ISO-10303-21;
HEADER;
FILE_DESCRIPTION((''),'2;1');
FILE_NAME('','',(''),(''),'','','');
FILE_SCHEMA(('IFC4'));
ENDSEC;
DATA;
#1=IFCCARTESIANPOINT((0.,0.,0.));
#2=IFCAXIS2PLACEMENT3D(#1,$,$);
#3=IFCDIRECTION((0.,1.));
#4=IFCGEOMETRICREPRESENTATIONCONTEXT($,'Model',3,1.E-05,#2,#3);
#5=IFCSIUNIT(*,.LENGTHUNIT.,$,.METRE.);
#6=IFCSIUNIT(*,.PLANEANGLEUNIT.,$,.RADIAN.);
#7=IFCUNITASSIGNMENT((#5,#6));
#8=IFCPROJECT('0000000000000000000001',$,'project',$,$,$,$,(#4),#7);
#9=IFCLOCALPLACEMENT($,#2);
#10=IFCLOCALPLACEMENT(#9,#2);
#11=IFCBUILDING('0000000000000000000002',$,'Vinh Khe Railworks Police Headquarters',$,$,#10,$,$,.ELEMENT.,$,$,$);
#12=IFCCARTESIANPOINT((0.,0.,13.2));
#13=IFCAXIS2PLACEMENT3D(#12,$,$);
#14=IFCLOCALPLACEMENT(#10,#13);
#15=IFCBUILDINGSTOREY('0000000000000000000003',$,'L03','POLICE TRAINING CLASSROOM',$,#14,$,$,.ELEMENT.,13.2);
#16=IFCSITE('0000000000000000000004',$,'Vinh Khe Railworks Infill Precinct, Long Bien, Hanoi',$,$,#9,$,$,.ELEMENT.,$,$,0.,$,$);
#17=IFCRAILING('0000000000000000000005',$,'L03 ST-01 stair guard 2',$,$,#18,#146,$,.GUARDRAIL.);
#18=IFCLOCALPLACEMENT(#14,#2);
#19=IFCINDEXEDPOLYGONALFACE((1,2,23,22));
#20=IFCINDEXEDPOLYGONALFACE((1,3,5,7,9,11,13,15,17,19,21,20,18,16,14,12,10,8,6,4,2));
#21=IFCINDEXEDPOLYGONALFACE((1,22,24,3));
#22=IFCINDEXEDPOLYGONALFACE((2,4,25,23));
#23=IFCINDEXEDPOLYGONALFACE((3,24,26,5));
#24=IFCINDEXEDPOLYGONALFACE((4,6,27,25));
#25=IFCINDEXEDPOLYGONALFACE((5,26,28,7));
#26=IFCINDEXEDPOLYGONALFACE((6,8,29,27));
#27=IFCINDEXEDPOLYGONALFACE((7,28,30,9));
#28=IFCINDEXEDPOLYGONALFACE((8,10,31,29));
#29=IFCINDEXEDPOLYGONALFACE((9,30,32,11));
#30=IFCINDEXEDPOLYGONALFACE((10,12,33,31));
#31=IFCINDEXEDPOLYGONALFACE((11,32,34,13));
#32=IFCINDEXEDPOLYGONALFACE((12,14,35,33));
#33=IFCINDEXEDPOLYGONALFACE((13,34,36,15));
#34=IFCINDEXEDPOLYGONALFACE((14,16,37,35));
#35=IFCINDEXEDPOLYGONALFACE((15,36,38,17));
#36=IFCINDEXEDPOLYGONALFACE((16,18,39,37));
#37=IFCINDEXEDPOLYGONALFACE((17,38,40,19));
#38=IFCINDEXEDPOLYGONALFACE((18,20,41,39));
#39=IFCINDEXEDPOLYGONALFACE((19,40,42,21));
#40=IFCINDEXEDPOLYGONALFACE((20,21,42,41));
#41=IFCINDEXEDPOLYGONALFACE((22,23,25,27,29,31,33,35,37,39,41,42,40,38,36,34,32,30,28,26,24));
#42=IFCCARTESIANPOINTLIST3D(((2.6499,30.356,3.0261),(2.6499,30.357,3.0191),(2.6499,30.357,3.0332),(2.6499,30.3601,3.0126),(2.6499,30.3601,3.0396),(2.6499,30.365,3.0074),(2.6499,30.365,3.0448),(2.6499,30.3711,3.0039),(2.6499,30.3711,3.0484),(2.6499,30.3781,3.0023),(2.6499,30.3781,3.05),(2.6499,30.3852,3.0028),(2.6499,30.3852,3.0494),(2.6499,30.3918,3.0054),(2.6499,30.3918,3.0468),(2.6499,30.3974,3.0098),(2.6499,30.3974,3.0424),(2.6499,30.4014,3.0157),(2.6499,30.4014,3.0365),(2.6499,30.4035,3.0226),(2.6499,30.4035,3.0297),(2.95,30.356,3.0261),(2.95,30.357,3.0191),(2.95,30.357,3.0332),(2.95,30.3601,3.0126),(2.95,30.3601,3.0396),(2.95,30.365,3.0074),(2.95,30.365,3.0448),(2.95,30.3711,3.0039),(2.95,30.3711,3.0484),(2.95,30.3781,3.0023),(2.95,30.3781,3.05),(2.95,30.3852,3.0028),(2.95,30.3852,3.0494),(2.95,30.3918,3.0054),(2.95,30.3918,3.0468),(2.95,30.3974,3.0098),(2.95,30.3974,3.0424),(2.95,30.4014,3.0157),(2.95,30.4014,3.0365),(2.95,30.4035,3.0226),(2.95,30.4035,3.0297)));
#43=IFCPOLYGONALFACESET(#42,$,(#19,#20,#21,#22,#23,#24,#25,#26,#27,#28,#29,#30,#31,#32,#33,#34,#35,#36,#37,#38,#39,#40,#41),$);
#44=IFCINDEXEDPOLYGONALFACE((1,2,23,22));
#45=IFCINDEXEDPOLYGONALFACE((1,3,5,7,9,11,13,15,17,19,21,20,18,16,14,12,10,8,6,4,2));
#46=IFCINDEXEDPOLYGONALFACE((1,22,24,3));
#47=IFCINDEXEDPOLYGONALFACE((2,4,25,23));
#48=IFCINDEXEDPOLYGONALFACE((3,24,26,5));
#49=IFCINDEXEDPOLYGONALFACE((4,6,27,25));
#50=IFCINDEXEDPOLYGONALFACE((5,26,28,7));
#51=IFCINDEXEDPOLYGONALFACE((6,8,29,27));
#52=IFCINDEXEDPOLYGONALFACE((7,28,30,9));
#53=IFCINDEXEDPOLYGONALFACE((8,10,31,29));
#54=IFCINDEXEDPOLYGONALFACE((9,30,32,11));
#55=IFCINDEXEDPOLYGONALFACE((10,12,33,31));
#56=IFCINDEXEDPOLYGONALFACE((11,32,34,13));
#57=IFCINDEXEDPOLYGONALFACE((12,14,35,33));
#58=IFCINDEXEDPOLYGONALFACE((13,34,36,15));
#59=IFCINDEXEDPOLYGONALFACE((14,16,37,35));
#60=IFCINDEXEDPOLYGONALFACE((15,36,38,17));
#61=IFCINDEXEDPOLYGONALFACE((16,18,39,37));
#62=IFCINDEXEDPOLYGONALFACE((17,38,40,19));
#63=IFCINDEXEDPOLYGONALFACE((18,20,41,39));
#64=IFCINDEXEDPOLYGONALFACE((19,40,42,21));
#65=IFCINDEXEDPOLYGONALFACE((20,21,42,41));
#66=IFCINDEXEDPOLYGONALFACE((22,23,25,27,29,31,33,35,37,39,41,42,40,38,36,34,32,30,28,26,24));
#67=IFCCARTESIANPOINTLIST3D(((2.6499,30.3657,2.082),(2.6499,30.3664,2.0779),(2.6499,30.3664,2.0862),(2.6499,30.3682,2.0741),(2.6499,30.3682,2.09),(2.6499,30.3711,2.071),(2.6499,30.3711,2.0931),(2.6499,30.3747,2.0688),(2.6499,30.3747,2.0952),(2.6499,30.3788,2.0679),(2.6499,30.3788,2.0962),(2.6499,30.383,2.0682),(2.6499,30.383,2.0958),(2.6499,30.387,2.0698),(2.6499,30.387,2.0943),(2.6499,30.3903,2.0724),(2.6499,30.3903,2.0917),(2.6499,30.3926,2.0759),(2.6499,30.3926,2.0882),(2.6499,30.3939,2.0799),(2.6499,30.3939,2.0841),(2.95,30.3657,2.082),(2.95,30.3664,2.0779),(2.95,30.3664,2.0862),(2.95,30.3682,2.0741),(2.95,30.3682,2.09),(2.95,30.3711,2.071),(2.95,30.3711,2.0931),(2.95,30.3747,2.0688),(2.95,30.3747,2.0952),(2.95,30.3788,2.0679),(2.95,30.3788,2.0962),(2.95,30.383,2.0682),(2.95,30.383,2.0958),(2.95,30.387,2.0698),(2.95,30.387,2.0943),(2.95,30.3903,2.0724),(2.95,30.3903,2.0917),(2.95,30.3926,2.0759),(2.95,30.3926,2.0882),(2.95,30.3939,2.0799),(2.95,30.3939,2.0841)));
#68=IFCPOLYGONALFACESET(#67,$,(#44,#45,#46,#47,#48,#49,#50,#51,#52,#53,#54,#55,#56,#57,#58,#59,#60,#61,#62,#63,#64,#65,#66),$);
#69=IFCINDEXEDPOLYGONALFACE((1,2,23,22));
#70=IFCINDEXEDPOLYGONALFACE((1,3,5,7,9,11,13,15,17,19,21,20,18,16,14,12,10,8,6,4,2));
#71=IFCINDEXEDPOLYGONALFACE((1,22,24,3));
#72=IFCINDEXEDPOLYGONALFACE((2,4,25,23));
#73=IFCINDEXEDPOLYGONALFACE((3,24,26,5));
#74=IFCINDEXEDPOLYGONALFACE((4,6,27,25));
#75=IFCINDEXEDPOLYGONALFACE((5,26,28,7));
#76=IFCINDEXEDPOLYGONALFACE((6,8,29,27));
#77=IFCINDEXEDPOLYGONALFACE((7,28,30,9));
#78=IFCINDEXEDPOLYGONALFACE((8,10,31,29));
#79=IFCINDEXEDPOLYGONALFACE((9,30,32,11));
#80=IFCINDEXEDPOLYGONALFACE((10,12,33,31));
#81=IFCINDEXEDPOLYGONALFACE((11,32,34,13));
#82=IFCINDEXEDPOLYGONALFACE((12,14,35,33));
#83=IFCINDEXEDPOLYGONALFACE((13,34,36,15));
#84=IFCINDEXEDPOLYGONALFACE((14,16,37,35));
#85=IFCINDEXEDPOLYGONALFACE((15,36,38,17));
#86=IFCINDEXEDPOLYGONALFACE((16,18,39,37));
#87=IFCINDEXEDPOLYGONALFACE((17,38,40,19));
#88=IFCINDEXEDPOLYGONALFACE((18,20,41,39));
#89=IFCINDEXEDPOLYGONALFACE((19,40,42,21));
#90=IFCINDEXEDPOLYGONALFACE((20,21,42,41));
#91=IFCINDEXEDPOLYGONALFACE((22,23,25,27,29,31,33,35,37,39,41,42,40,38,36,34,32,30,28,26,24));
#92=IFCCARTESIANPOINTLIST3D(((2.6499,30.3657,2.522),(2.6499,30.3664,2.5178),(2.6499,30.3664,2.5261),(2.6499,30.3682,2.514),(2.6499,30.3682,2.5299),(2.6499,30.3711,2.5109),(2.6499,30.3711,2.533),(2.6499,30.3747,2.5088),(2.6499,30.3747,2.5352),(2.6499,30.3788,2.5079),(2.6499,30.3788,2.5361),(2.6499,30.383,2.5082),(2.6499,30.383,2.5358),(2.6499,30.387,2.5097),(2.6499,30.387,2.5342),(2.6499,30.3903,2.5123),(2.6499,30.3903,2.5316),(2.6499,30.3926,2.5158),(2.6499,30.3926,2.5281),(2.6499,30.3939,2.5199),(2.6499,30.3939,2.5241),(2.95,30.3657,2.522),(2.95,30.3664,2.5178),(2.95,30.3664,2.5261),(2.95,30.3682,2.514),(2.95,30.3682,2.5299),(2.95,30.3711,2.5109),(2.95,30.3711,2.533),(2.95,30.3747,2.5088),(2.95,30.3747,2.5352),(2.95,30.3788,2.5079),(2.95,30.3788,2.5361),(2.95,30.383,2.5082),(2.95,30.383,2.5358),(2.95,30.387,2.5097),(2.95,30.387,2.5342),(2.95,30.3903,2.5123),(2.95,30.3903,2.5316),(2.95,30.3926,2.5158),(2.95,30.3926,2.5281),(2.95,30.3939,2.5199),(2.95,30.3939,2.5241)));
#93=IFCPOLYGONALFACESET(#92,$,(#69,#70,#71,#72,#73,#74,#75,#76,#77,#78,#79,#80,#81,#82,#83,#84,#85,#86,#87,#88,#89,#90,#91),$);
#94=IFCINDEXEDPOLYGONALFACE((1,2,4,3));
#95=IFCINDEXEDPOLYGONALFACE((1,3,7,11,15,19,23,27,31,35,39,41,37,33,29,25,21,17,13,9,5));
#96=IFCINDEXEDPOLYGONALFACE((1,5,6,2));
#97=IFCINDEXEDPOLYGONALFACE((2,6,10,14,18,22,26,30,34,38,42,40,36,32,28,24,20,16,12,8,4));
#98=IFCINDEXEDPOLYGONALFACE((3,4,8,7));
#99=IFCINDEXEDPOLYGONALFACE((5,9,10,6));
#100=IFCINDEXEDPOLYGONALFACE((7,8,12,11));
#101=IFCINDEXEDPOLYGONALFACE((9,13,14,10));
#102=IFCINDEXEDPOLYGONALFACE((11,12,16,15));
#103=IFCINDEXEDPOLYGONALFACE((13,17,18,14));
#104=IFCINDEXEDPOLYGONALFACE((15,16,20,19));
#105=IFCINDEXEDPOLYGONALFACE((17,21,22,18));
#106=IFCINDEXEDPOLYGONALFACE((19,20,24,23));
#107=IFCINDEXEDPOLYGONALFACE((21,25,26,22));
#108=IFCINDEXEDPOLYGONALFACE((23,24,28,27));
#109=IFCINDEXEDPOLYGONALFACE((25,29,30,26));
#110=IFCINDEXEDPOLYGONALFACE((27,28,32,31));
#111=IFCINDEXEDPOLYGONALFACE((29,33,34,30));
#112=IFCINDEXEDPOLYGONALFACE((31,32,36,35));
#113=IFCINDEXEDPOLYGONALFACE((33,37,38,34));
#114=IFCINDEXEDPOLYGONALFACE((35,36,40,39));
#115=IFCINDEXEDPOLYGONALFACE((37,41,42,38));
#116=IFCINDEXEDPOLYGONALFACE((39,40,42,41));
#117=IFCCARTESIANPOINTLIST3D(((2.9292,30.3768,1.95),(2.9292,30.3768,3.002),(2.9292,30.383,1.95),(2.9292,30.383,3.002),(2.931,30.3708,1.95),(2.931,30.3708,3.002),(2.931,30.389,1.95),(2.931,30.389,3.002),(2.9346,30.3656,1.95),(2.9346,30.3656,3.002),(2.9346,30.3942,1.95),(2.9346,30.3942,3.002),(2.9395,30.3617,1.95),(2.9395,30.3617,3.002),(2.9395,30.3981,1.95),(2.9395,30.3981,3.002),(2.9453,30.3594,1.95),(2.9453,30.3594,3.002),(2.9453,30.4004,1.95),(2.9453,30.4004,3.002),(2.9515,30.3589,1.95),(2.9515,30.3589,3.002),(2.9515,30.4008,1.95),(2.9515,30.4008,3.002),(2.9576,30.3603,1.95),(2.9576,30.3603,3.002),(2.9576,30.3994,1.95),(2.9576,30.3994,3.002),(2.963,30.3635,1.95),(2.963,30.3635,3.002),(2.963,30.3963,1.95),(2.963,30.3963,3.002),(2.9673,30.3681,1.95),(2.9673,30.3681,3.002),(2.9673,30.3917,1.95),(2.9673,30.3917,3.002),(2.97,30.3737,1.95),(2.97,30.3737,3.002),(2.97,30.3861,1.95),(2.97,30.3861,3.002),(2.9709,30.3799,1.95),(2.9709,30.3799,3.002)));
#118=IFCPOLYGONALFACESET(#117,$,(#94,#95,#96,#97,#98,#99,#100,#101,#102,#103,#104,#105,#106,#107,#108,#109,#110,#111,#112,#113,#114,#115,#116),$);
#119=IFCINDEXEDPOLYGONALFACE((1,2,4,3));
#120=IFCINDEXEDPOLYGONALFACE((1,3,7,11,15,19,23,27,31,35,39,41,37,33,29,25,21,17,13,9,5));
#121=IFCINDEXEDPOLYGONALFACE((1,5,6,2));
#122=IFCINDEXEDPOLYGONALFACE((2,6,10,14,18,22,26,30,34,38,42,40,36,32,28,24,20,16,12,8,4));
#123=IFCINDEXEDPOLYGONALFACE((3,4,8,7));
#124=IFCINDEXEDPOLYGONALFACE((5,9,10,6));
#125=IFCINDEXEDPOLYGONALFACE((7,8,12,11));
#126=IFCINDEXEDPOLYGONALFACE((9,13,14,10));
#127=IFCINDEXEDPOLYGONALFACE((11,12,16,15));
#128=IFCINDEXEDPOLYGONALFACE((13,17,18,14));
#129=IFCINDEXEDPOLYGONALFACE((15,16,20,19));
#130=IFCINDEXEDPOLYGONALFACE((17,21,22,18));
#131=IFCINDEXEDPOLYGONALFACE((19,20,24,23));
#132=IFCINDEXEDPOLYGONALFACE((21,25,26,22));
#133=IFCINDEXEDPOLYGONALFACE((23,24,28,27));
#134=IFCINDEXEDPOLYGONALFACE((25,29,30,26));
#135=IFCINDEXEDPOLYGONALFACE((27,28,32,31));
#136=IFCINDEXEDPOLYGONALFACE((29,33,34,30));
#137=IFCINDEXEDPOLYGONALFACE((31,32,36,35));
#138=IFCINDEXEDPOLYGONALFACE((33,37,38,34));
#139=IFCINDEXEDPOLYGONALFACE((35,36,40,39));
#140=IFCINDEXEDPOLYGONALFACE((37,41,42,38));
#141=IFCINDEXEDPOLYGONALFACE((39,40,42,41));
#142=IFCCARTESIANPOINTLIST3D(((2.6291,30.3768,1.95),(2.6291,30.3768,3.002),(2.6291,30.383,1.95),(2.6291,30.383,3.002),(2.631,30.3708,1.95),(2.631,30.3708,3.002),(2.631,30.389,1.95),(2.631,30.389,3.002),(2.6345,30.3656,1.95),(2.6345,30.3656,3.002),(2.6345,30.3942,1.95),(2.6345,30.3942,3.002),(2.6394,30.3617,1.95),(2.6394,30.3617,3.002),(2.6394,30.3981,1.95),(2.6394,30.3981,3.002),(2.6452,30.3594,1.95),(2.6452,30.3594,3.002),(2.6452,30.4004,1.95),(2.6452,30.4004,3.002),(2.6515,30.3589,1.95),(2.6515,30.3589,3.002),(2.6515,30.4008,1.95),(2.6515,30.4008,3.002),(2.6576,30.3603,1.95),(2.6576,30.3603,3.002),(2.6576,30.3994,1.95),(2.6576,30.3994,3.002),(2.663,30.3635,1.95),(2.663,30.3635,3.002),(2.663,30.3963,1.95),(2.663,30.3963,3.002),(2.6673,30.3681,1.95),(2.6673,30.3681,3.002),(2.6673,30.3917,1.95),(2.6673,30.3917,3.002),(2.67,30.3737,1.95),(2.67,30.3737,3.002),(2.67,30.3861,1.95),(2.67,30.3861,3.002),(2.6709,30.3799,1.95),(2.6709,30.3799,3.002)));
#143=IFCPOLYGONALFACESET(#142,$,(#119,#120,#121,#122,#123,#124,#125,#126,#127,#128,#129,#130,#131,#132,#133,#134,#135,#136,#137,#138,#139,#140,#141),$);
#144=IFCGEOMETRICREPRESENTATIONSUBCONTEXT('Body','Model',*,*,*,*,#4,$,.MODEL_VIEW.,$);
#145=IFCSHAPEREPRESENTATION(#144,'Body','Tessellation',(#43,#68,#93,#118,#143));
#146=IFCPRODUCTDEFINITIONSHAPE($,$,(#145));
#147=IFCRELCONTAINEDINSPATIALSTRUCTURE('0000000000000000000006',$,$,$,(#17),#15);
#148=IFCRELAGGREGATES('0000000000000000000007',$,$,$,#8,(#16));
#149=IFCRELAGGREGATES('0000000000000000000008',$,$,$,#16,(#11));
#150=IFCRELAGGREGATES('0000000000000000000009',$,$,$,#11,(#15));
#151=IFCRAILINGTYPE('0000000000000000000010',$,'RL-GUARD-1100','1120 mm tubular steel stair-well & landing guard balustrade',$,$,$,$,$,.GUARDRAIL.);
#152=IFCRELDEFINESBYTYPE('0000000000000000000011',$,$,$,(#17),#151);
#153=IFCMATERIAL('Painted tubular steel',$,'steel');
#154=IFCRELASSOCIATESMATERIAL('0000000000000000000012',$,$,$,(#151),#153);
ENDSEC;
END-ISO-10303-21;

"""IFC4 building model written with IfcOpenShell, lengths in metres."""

from ifc_helpers import new_model, si_unit, direction, frame, origin, origin_2d, place, context, subcontext, project, spatial, circle, extrude, material, type_object, element, save


model = new_model("IFC4")

# Units and contexts
model_context = context("Model", 3, precision=1e-05, world=origin(), true_north=direction((0.0, 1.0)))
body_context = subcontext(model_context, "Body", "Model", "MODEL_VIEW")
ifc_project = project(units=[si_unit("LENGTHUNIT", "METRE"), si_unit("PLANEANGLEUNIT", "RADIAN")], contexts=[model_context])

# Site, building, storey
site_placement = place(None, origin())
site = spatial("IfcSite", under=ifc_project, at=site_placement, Name="Vinh Khe Railworks Infill Precinct, Long Bien, Hanoi", CompositionType="ELEMENT", RefElevation=0.0)
building_placement = place(site_placement, origin())
building = spatial("IfcBuilding", under=site, at=building_placement, Name="Vinh Khe Railworks Police Headquarters", CompositionType="ELEMENT")
storey_placement = place(building_placement, frame((0.0, 0.0, 13.2)))
storey = spatial("IfcBuildingStorey", under=building, at=storey_placement, Name="L03", Description="POLICE TRAINING CLASSROOM", CompositionType="ELEMENT", Elevation=13.2)

# Railing
ifc_material_1 = material(Name="Painted tubular steel", Category="steel")
railing_type_1 = type_object("IfcRailingType", Name="RL-GUARD-1100", Description="1120 mm tubular steel stair-well & landing guard balustrade", PredefinedType="GUARDRAIL", material=ifc_material_1)
railing_1_placement = place(storey_placement, frame((2.95, 30.3799, 1.95)))
element("IfcRailing", 1, at=railing_1_placement, inside=storey, type_object=railing_type_1, Name="L03 ST-01 stair guard 2", PredefinedType="GUARDRAIL", context=body_context, shape_type="SweptSolid", body=[
    extrude(circle(Radius=0.0239, at=origin_2d()), frame((0.0, 0.0, 1.0762), z_axis=(-1.0, 0.0, 0.0), x_axis=(0.0, -1.0, 0.0)), (0.0, 0.0, 1.0), 0.3),
    extrude(circle(Radius=0.0142, at=origin_2d()), frame((0.0, 0.0, 0.1321), z_axis=(-1.0, 0.0, 0.0), x_axis=(0.0, -1.0, 0.0)), (0.0, 0.0, 1.0), 0.3),
    extrude(circle(Radius=0.0142, at=origin_2d()), frame((0.0, 0.0, 0.572), z_axis=(-1.0, 0.0, 0.0), x_axis=(0.0, -1.0, 0.0)), (0.0, 0.0, 1.0), 0.3),
    extrude(circle(Radius=0.021, at=origin_2d()), origin(), (0.0, 0.0, 1.0), 1.052),
    extrude(circle(Radius=0.021, at=origin_2d()), frame((-0.3, 0.0, 0.0)), (0.0, 0.0, 1.0), 1.052),
])

save(model, "model.ifc")
